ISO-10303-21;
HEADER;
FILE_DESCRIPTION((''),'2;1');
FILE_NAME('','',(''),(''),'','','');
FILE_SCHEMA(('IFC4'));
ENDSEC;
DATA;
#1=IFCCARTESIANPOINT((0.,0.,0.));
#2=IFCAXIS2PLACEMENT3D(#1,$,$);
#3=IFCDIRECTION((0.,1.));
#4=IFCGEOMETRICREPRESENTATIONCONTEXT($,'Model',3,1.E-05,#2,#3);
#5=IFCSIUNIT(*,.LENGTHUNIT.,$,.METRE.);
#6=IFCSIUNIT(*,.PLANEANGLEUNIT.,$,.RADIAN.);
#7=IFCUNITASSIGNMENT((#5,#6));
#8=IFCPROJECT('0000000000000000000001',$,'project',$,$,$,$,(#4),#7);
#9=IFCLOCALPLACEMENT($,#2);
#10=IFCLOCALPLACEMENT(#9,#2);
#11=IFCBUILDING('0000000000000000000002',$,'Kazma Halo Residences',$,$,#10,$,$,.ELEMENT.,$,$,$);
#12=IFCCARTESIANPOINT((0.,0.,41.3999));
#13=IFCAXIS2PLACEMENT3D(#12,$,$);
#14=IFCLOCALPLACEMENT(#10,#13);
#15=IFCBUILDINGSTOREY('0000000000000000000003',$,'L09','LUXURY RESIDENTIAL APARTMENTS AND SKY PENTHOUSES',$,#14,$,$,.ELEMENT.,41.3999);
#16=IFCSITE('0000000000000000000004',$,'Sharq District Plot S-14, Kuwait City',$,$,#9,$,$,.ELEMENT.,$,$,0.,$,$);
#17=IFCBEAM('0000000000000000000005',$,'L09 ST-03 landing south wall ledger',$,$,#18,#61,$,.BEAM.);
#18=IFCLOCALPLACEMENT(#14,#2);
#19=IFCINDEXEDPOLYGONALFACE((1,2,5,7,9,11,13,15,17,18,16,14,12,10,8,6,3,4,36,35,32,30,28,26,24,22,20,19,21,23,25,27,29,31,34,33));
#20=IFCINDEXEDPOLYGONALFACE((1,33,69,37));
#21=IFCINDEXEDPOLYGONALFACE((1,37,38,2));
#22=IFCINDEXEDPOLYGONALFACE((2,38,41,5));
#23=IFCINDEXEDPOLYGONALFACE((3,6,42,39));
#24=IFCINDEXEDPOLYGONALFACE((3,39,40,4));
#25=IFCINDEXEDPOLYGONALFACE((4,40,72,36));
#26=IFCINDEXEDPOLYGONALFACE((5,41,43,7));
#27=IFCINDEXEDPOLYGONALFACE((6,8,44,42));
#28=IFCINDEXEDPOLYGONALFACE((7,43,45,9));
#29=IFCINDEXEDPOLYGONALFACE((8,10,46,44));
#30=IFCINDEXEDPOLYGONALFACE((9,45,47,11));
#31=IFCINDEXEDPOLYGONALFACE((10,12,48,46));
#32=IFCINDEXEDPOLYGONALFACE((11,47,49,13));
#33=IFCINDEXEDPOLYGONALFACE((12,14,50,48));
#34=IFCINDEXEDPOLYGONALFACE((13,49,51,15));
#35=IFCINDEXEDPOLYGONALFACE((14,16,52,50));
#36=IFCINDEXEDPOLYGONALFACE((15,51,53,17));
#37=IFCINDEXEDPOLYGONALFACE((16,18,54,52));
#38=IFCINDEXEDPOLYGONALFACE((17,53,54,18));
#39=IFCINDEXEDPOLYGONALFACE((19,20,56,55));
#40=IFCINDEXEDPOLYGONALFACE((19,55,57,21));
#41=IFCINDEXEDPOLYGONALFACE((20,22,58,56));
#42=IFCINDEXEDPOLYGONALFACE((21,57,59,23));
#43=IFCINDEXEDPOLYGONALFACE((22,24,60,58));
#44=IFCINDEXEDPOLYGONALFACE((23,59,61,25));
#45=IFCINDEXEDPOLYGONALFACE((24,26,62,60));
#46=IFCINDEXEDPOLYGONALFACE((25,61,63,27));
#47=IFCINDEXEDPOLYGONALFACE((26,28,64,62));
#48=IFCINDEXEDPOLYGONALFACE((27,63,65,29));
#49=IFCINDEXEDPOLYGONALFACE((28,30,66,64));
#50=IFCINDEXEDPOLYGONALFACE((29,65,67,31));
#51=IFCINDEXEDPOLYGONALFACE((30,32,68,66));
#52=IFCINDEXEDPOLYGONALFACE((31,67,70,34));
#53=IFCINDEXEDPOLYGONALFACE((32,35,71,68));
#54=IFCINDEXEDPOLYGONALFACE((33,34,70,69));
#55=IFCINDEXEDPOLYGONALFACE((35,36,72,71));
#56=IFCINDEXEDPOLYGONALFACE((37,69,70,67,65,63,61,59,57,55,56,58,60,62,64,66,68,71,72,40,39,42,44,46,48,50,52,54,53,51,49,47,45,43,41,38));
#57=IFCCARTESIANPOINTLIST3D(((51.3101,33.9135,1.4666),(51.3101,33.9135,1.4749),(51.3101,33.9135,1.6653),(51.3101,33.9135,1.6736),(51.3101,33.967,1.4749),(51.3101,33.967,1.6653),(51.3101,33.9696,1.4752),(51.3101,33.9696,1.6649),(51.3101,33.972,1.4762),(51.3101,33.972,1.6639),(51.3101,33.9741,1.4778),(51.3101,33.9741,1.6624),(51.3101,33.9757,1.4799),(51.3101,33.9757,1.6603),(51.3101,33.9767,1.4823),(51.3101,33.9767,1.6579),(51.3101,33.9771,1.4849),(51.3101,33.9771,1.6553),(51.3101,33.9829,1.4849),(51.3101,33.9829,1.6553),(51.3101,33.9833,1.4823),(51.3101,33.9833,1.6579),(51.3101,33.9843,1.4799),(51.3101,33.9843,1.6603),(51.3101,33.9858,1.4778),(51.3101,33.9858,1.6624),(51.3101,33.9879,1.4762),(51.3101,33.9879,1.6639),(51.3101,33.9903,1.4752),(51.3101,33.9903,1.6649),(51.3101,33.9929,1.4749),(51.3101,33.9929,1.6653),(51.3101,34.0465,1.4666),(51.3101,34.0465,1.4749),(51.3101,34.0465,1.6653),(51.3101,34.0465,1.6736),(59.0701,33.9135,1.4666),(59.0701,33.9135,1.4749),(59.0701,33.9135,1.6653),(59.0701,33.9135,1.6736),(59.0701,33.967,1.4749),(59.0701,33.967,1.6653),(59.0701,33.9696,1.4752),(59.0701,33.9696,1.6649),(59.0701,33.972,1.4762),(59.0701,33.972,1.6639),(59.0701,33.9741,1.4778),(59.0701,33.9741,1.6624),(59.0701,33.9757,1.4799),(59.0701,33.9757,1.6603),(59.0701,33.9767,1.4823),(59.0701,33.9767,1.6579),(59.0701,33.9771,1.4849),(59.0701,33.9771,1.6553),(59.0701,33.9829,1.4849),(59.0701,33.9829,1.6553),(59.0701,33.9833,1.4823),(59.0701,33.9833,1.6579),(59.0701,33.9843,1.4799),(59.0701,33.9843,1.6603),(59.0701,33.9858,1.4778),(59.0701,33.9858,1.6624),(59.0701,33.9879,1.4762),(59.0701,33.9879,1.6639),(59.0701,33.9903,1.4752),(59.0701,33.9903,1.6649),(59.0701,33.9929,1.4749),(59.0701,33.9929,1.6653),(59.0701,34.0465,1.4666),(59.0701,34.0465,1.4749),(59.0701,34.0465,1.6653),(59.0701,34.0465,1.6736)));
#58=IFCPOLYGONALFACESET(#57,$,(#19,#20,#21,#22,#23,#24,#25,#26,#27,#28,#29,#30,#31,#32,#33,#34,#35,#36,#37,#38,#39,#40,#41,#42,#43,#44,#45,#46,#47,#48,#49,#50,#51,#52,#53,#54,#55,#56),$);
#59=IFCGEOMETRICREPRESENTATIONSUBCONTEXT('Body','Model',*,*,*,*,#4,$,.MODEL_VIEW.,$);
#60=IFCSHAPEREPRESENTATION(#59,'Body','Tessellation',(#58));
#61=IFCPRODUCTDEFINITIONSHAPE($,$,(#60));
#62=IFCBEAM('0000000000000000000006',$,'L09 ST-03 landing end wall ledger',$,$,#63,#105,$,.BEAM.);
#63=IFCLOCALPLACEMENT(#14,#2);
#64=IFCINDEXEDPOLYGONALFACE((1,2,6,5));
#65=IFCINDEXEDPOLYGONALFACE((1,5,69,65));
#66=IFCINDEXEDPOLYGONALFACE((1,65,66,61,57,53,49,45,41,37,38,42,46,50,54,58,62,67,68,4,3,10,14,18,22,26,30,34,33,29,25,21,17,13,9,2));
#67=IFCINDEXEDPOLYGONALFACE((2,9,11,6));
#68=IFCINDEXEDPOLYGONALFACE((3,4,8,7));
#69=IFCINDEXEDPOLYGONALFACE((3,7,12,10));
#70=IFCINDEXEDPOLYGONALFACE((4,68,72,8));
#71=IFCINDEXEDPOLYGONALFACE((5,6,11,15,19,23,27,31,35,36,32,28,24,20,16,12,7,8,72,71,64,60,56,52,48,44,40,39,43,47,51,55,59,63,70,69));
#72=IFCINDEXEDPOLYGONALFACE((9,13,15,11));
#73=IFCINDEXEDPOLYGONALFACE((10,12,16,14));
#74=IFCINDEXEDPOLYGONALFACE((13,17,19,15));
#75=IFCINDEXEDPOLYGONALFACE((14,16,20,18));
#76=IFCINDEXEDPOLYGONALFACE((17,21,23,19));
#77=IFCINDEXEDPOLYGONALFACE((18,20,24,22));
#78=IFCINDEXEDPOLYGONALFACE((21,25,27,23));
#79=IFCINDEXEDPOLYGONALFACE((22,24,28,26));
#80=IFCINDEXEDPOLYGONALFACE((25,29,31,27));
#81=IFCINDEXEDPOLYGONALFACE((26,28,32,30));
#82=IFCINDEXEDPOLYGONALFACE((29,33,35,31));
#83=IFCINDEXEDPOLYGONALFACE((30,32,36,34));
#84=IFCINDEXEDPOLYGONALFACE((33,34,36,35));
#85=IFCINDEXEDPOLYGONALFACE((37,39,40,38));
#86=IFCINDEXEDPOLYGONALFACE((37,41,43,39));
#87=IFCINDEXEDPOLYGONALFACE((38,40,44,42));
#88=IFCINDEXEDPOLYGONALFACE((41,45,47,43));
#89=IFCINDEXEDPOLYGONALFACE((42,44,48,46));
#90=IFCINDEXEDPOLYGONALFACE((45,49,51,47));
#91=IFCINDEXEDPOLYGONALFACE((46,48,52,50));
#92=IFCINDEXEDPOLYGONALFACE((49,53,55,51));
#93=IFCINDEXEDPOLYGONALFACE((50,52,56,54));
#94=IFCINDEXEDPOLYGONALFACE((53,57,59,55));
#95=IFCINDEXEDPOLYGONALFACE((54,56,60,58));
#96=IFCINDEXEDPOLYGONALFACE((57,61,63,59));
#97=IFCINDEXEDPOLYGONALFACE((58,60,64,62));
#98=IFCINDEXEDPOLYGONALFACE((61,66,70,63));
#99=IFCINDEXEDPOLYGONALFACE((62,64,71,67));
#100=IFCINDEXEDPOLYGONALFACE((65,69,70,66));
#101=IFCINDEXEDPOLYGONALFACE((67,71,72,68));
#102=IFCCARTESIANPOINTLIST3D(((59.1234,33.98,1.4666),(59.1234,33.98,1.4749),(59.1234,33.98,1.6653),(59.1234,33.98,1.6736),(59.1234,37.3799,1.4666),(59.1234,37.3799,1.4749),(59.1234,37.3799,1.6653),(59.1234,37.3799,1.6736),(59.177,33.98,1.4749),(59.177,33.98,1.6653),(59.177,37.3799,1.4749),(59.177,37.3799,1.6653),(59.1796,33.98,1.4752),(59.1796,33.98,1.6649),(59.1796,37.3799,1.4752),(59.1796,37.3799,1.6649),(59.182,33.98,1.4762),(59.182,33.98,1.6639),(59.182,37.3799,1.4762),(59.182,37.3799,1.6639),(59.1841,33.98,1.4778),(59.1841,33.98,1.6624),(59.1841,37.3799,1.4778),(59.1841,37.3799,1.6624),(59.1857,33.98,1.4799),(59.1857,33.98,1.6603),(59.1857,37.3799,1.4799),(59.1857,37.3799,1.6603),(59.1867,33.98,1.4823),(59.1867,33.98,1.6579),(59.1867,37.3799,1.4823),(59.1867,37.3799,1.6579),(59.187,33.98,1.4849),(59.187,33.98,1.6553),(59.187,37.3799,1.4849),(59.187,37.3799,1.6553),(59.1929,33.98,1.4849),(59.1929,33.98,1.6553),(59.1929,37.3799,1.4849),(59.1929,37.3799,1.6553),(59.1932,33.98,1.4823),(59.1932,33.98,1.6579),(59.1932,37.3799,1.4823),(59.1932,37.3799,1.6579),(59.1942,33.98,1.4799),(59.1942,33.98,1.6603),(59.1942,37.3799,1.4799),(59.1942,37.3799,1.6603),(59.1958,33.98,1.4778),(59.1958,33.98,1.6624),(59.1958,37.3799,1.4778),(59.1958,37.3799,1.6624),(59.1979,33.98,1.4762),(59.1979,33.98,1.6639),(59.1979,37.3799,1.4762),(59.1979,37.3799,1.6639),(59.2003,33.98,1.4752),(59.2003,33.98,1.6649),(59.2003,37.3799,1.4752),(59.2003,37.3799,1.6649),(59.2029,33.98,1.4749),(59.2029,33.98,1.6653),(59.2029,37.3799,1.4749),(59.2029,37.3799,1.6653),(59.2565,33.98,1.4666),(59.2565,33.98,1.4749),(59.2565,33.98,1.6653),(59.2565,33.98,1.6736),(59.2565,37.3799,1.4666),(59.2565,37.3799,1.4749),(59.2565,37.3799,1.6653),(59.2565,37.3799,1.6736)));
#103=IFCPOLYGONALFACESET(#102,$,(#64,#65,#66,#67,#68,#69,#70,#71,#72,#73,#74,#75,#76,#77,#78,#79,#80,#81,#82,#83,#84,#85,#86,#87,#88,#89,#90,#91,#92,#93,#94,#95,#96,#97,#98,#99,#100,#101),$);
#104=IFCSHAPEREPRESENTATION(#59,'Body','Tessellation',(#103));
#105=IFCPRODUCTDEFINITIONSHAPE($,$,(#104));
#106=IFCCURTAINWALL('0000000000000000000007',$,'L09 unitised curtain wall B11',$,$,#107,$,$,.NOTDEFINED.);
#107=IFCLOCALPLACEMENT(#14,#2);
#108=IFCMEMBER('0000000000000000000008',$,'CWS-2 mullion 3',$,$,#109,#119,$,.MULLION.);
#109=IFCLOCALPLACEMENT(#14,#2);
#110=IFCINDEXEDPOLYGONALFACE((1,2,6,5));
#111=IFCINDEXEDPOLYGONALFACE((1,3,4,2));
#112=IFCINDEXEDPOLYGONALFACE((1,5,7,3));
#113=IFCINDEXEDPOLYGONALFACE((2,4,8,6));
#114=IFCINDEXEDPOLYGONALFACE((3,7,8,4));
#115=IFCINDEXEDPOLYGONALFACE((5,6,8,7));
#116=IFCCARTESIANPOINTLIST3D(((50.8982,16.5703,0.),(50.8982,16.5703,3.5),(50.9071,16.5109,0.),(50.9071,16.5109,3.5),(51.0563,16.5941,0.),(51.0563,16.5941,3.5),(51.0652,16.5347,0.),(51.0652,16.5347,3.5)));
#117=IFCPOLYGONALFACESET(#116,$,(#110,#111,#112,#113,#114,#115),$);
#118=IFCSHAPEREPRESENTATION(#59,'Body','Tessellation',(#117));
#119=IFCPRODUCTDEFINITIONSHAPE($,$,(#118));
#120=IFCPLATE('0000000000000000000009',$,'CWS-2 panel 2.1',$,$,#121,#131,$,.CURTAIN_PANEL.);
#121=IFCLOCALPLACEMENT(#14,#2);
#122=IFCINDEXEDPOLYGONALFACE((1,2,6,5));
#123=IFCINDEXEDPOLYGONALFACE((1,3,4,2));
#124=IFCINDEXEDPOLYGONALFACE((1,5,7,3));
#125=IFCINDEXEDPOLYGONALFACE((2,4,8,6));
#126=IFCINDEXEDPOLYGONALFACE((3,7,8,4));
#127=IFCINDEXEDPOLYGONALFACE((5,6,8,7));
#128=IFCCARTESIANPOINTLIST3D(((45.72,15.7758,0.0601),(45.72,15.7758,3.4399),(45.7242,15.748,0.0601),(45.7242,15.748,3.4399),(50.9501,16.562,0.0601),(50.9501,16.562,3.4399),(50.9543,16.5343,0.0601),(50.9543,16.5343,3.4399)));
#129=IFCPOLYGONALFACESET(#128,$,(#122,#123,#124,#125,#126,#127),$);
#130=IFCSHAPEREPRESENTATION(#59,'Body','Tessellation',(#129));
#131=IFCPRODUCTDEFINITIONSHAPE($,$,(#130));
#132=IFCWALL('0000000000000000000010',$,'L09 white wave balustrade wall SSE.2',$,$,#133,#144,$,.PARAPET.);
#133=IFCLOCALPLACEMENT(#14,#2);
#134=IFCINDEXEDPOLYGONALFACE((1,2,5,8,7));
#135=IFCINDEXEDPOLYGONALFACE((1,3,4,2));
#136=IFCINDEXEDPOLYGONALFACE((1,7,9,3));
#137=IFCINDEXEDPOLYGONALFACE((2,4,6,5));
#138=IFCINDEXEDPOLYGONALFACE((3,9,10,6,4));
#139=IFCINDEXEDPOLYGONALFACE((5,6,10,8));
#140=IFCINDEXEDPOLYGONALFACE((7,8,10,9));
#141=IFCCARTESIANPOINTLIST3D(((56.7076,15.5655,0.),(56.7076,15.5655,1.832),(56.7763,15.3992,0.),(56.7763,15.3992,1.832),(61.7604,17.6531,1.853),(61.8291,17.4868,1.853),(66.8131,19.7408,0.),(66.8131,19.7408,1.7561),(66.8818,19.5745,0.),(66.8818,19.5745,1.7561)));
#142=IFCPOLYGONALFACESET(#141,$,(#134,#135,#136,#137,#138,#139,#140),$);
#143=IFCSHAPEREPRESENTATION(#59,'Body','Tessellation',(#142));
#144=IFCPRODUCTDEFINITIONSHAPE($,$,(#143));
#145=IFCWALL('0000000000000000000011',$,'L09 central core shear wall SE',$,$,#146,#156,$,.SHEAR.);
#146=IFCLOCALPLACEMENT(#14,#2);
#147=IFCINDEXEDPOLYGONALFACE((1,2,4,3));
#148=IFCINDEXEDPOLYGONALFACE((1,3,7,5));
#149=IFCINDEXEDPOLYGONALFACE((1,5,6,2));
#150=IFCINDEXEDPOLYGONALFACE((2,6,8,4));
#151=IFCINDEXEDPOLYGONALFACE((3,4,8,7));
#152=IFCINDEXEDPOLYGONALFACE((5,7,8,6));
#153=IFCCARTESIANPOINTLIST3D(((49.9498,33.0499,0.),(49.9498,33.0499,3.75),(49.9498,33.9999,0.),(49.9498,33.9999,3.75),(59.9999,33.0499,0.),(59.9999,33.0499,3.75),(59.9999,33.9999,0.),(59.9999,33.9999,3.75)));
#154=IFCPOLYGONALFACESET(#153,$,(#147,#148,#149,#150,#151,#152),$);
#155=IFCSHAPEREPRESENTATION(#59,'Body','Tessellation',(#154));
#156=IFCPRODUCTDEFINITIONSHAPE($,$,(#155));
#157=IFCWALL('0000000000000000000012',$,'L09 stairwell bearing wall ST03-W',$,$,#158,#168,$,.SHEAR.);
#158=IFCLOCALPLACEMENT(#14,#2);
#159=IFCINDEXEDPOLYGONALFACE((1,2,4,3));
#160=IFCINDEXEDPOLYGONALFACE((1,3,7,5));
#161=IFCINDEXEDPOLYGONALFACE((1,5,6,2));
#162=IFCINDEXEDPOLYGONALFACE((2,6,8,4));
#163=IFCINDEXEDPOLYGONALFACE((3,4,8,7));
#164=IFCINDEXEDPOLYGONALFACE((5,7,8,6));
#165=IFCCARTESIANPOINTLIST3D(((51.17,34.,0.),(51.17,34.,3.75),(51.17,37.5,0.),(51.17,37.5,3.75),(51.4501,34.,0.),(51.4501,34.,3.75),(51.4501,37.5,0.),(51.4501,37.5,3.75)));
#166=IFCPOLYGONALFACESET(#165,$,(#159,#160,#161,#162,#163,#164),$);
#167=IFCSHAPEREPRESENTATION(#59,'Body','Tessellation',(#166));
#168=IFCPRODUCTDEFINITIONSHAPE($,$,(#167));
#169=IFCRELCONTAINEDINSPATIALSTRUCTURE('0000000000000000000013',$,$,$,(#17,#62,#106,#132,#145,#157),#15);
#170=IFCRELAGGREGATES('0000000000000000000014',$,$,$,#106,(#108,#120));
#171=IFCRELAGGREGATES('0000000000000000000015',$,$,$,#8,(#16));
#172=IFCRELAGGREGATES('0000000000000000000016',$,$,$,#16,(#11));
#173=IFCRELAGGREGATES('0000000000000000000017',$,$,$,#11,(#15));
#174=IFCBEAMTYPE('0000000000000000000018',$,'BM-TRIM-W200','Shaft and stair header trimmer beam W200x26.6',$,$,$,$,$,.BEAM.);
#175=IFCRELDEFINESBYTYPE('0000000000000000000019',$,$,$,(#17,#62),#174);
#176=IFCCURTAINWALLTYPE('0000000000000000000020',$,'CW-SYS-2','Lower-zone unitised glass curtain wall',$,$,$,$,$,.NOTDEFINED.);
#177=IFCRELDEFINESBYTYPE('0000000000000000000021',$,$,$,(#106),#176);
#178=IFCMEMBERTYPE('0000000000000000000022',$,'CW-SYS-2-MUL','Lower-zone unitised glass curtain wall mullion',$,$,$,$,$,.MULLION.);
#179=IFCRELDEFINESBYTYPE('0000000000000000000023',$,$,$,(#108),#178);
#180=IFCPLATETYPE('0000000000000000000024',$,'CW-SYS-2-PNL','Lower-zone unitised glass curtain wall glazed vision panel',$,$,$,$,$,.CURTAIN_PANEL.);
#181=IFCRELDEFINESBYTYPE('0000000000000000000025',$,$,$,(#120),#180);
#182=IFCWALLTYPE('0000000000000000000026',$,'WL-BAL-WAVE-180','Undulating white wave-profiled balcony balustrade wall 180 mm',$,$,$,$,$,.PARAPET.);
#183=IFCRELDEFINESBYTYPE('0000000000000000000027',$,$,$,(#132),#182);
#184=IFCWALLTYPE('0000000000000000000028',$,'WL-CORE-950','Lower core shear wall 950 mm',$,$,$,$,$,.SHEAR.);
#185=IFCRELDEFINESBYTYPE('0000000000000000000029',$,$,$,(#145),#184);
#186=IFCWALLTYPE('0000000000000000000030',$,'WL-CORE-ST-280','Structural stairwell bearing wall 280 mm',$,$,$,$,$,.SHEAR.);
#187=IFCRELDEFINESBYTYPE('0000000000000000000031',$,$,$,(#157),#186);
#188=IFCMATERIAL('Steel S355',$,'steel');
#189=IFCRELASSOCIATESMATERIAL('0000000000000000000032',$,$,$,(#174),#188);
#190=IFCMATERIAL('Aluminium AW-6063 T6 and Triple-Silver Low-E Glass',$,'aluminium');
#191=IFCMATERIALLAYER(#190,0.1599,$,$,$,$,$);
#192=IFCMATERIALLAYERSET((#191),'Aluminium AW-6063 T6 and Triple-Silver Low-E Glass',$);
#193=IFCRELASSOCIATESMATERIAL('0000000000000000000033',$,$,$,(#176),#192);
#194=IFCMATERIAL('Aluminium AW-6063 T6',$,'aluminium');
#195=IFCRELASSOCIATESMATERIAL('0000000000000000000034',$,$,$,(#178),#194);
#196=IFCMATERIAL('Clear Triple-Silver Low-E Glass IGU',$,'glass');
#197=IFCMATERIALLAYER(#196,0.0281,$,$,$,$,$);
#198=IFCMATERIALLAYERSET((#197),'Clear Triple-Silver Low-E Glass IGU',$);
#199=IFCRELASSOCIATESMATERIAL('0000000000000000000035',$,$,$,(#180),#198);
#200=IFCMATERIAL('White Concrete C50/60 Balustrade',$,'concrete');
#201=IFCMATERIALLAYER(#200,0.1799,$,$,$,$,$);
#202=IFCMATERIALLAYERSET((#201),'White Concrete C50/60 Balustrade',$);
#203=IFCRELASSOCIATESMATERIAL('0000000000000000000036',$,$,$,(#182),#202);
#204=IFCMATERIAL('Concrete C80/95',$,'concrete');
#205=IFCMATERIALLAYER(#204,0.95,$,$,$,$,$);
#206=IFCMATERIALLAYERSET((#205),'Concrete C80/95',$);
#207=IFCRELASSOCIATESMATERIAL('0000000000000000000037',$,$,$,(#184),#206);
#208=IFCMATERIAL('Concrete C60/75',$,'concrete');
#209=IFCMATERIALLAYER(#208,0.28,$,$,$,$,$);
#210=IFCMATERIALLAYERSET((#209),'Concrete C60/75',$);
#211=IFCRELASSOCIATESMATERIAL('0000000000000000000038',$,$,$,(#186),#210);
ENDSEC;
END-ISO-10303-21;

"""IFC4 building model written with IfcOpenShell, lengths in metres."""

from ifc_helpers import new_model, si_unit, direction, frame, frame_2d, origin, origin_2d, place, context, subcontext, project, spatial, polyline, rectangle, i_section, outline, extrude, material, layer, layer_set, material_profile, profile_set, type_object, element, aggregate, save


model = new_model("IFC4")

# Units and contexts
model_context = context("Model", 3, precision=1e-05, world=origin(), true_north=direction((0.0, 1.0)))
body_context = subcontext(model_context, "Body", "Model", "MODEL_VIEW")
ifc_project = project(units=[si_unit("LENGTHUNIT", "METRE"), si_unit("PLANEANGLEUNIT", "RADIAN")], contexts=[model_context])

# Site, building, storey
site_placement = place(None, origin())
site = spatial("IfcSite", under=ifc_project, at=site_placement, Name="Sharq District Plot S-14, Kuwait City", CompositionType="ELEMENT", RefElevation=0.0)
building_placement = place(site_placement, origin())
building = spatial("IfcBuilding", under=site, at=building_placement, Name="Kazma Halo Residences", CompositionType="ELEMENT")
storey_placement = place(building_placement, frame((0.0, 0.0, 41.3999)))
storey = spatial("IfcBuildingStorey", under=building, at=storey_placement, Name="L09", Description="LUXURY RESIDENTIAL APARTMENTS AND SKY PENTHOUSES", CompositionType="ELEMENT", Elevation=41.3999)

# Shared definitions
ifc_material_1 = material(Name="Concrete C80/95", Category="concrete")

# Beams
ifc_material_2 = material(Name="Steel S355", Category="steel")
ifc_material_profile_1 = material_profile(ifc_material_2, i_section(OverallWidth=0.1331, OverallDepth=0.207, WebThickness=0.0059, FlangeThickness=0.0083, FilletRadius=0.01, at=origin_2d()), Name="W200x26.6")
ifc_profile_set_1 = profile_set([ifc_material_profile_1], Name="Steel S355")
beam_type_1 = type_object("IfcBeamType", Name="BM-TRIM-W200", Description="Shaft and stair header trimmer beam W200x26.6", PredefinedType="BEAM", material=ifc_profile_set_1)
beam_1_placement = place(storey_placement, frame((51.3101, 33.98, 1.5701), z_axis=(1.0, 0.0, 0.0), x_axis=(0.0, 1.0, 0.0)))
element("IfcBeam", 1, at=beam_1_placement, inside=storey, type_object=beam_type_1, Name="L09 ST-03 landing south wall ledger", PredefinedType="BEAM", context=body_context, shape_type="SweptSolid", body=[
    extrude(i_section(OverallWidth=0.1331, OverallDepth=0.207, WebThickness=0.0059, FlangeThickness=0.0083, FilletRadius=0.01, at=origin_2d()), origin(), (0.0, 0.0, 1.0), 7.76),
])
beam_2_placement = place(storey_placement, frame((59.1899, 33.98, 1.5701), z_axis=(0.0, 1.0, 0.0), x_axis=(-1.0, 0.0, 0.0)))
element("IfcBeam", 2, at=beam_2_placement, inside=storey, type_object=beam_type_1, Name="L09 ST-03 landing end wall ledger", PredefinedType="BEAM", context=body_context, shape_type="SweptSolid", body=[
    extrude(i_section(OverallWidth=0.1331, OverallDepth=0.207, WebThickness=0.0059, FlangeThickness=0.0083, FilletRadius=0.01, at=origin_2d()), origin(), (0.0, 0.0, 1.0), 3.3999),
])

# Curtain wall, member, plate
ifc_material_3 = material(Name="Aluminium AW-6063 T6 and Triple-Silver Low-E Glass", Category="aluminium")
ifc_layer_1 = layer(ifc_material_3, 0.1599)
ifc_layer_set_1 = layer_set([ifc_layer_1], Name="Aluminium AW-6063 T6 and Triple-Silver Low-E Glass")
curtain_wall_type = type_object("IfcCurtainWallType", Name="CW-SYS-2", Description="Lower-zone unitised glass curtain wall", PredefinedType="NOTDEFINED", material=ifc_layer_set_1)
curtain_wall_placement = place(storey_placement, origin())
curtain_wall = element("IfcCurtainWall", 3, at=curtain_wall_placement, inside=storey, type_object=curtain_wall_type, Name="L09 unitised curtain wall B11", PredefinedType="NOTDEFINED")
ifc_material_4 = material(Name="Aluminium AW-6063 T6", Category="aluminium")
ifc_material_profile_2 = material_profile(ifc_material_4, rectangle(XDim=0.0601, YDim=0.1599, at=origin_2d()), Name="CWM-60x160")
ifc_profile_set_2 = profile_set([ifc_material_profile_2], Name="Aluminium AW-6063 T6")
member_type = type_object("IfcMemberType", Name="CW-SYS-2-MUL", Description="Lower-zone unitised glass curtain wall mullion", PredefinedType="MULLION", material=ifc_profile_set_2)
member_placement = place(storey_placement, frame((50.9817, 16.5525, 0.0), z_axis=(0.0, 0.0, 1.0), x_axis=(-0.148657, 0.988889, 0.0)))
member = element("IfcMember", 4, at=member_placement, type_object=member_type, Name="CWS-2 mullion 3", PredefinedType="MULLION", context=body_context, shape_type="SweptSolid", body=[
    extrude(rectangle(XDim=0.0601, YDim=0.1599, at=origin_2d()), origin(), (0.0, 0.0, 1.0), 3.5),
])
ifc_material_5 = material(Name="Clear Triple-Silver Low-E Glass IGU", Category="glass")
ifc_layer_2 = layer(ifc_material_5, 0.0281)
ifc_layer_set_2 = layer_set([ifc_layer_2], Name="Clear Triple-Silver Low-E Glass IGU")
plate_type = type_object("IfcPlateType", Name="CW-SYS-2-PNL", Description="Lower-zone unitised glass curtain wall glazed vision panel", PredefinedType="CURTAIN_PANEL", material=ifc_layer_set_2)
plate_placement = place(storey_placement, frame((48.3372, 16.155, 0.0601), z_axis=(0.0, 0.0, 1.0), x_axis=(0.988889, 0.148657, 0.0)))
plate = element("IfcPlate", 5, at=plate_placement, type_object=plate_type, Name="CWS-2 panel 2.1", PredefinedType="CURTAIN_PANEL", context=body_context, shape_type="SweptSolid", body=[
    extrude(rectangle(XDim=5.2888, YDim=0.0281, at=origin_2d()), origin(), (0.0, 0.0, 1.0), 3.3799),
])
aggregate(curtain_wall, [member, plate])

# Walls
ifc_material_6 = material(Name="White Concrete C50/60 Balustrade", Category="concrete")
ifc_layer_3 = layer(ifc_material_6, 0.1799)
ifc_layer_set_3 = layer_set([ifc_layer_3], Name="White Concrete C50/60 Balustrade")
wall_type_1 = type_object("IfcWallType", Name="WL-BAL-WAVE-180", Description="Undulating white wave-profiled balcony balustrade wall 180 mm", PredefinedType="PARAPET", material=ifc_layer_set_3)
wall_1_placement = place(storey_placement, frame((56.7419, 15.4824, 0.0), z_axis=(0.0, 0.0, 1.0), x_axis=(0.92422, 0.381861, 0.0)))
element("IfcWall", 6, at=wall_1_placement, inside=storey, type_object=wall_type_1, Name="L09 white wave balustrade wall SSE.2", PredefinedType="PARAPET", context=body_context, shape_type="SweptSolid", body=[
    extrude(outline(polyline([(0.0, 0.0), (10.9341, 0.0), (10.9341, 1.7561), (5.467, 1.853), (0.0, 1.832), (0.0, 0.0)])), frame((0.0, 0.0898, 0.0), z_axis=(0.0, -1.0, 0.0), x_axis=(1.0, 0.0, 0.0)), (0.0, 0.0, 1.0), 0.1799),
])
ifc_layer_4 = layer(ifc_material_1, 0.95)
ifc_layer_set_4 = layer_set([ifc_layer_4], Name="Concrete C80/95")
wall_type_2 = type_object("IfcWallType", Name="WL-CORE-950", Description="Lower core shear wall 950 mm", PredefinedType="SHEAR", material=ifc_layer_set_4)
wall_2_placement = place(storey_placement, frame((49.95, 33.5249, 0.0), z_axis=(0.0, 0.0, 1.0), x_axis=(1.0, 0.0, 0.0)))
element("IfcWall", 7, at=wall_2_placement, inside=storey, type_object=wall_type_2, Name="L09 central core shear wall SE", PredefinedType="SHEAR", context=body_context, shape_type="SweptSolid", body=[
    extrude(rectangle(XDim=10.05, YDim=0.95, at=frame_2d((5.0249, 0.0))), origin(), (0.0, 0.0, 1.0), 3.75),
])
ifc_material_7 = material(Name="Concrete C60/75", Category="concrete")
ifc_layer_5 = layer(ifc_material_7, 0.28)
ifc_layer_set_5 = layer_set([ifc_layer_5], Name="Concrete C60/75")
wall_type_3 = type_object("IfcWallType", Name="WL-CORE-ST-280", Description="Structural stairwell bearing wall 280 mm", PredefinedType="SHEAR", material=ifc_layer_set_5)
wall_3_placement = place(storey_placement, frame((51.3101, 34.0, 0.0), z_axis=(0.0, 0.0, 1.0), x_axis=(0.0, 1.0, 0.0)))
element("IfcWall", 8, at=wall_3_placement, inside=storey, type_object=wall_type_3, Name="L09 stairwell bearing wall ST03-W", PredefinedType="SHEAR", context=body_context, shape_type="SweptSolid", body=[
    extrude(rectangle(XDim=3.5, YDim=0.28, at=frame_2d((1.75, 0.0))), origin(), (0.0, 0.0, 1.0), 3.75),
])

save(model, "model.ifc")
